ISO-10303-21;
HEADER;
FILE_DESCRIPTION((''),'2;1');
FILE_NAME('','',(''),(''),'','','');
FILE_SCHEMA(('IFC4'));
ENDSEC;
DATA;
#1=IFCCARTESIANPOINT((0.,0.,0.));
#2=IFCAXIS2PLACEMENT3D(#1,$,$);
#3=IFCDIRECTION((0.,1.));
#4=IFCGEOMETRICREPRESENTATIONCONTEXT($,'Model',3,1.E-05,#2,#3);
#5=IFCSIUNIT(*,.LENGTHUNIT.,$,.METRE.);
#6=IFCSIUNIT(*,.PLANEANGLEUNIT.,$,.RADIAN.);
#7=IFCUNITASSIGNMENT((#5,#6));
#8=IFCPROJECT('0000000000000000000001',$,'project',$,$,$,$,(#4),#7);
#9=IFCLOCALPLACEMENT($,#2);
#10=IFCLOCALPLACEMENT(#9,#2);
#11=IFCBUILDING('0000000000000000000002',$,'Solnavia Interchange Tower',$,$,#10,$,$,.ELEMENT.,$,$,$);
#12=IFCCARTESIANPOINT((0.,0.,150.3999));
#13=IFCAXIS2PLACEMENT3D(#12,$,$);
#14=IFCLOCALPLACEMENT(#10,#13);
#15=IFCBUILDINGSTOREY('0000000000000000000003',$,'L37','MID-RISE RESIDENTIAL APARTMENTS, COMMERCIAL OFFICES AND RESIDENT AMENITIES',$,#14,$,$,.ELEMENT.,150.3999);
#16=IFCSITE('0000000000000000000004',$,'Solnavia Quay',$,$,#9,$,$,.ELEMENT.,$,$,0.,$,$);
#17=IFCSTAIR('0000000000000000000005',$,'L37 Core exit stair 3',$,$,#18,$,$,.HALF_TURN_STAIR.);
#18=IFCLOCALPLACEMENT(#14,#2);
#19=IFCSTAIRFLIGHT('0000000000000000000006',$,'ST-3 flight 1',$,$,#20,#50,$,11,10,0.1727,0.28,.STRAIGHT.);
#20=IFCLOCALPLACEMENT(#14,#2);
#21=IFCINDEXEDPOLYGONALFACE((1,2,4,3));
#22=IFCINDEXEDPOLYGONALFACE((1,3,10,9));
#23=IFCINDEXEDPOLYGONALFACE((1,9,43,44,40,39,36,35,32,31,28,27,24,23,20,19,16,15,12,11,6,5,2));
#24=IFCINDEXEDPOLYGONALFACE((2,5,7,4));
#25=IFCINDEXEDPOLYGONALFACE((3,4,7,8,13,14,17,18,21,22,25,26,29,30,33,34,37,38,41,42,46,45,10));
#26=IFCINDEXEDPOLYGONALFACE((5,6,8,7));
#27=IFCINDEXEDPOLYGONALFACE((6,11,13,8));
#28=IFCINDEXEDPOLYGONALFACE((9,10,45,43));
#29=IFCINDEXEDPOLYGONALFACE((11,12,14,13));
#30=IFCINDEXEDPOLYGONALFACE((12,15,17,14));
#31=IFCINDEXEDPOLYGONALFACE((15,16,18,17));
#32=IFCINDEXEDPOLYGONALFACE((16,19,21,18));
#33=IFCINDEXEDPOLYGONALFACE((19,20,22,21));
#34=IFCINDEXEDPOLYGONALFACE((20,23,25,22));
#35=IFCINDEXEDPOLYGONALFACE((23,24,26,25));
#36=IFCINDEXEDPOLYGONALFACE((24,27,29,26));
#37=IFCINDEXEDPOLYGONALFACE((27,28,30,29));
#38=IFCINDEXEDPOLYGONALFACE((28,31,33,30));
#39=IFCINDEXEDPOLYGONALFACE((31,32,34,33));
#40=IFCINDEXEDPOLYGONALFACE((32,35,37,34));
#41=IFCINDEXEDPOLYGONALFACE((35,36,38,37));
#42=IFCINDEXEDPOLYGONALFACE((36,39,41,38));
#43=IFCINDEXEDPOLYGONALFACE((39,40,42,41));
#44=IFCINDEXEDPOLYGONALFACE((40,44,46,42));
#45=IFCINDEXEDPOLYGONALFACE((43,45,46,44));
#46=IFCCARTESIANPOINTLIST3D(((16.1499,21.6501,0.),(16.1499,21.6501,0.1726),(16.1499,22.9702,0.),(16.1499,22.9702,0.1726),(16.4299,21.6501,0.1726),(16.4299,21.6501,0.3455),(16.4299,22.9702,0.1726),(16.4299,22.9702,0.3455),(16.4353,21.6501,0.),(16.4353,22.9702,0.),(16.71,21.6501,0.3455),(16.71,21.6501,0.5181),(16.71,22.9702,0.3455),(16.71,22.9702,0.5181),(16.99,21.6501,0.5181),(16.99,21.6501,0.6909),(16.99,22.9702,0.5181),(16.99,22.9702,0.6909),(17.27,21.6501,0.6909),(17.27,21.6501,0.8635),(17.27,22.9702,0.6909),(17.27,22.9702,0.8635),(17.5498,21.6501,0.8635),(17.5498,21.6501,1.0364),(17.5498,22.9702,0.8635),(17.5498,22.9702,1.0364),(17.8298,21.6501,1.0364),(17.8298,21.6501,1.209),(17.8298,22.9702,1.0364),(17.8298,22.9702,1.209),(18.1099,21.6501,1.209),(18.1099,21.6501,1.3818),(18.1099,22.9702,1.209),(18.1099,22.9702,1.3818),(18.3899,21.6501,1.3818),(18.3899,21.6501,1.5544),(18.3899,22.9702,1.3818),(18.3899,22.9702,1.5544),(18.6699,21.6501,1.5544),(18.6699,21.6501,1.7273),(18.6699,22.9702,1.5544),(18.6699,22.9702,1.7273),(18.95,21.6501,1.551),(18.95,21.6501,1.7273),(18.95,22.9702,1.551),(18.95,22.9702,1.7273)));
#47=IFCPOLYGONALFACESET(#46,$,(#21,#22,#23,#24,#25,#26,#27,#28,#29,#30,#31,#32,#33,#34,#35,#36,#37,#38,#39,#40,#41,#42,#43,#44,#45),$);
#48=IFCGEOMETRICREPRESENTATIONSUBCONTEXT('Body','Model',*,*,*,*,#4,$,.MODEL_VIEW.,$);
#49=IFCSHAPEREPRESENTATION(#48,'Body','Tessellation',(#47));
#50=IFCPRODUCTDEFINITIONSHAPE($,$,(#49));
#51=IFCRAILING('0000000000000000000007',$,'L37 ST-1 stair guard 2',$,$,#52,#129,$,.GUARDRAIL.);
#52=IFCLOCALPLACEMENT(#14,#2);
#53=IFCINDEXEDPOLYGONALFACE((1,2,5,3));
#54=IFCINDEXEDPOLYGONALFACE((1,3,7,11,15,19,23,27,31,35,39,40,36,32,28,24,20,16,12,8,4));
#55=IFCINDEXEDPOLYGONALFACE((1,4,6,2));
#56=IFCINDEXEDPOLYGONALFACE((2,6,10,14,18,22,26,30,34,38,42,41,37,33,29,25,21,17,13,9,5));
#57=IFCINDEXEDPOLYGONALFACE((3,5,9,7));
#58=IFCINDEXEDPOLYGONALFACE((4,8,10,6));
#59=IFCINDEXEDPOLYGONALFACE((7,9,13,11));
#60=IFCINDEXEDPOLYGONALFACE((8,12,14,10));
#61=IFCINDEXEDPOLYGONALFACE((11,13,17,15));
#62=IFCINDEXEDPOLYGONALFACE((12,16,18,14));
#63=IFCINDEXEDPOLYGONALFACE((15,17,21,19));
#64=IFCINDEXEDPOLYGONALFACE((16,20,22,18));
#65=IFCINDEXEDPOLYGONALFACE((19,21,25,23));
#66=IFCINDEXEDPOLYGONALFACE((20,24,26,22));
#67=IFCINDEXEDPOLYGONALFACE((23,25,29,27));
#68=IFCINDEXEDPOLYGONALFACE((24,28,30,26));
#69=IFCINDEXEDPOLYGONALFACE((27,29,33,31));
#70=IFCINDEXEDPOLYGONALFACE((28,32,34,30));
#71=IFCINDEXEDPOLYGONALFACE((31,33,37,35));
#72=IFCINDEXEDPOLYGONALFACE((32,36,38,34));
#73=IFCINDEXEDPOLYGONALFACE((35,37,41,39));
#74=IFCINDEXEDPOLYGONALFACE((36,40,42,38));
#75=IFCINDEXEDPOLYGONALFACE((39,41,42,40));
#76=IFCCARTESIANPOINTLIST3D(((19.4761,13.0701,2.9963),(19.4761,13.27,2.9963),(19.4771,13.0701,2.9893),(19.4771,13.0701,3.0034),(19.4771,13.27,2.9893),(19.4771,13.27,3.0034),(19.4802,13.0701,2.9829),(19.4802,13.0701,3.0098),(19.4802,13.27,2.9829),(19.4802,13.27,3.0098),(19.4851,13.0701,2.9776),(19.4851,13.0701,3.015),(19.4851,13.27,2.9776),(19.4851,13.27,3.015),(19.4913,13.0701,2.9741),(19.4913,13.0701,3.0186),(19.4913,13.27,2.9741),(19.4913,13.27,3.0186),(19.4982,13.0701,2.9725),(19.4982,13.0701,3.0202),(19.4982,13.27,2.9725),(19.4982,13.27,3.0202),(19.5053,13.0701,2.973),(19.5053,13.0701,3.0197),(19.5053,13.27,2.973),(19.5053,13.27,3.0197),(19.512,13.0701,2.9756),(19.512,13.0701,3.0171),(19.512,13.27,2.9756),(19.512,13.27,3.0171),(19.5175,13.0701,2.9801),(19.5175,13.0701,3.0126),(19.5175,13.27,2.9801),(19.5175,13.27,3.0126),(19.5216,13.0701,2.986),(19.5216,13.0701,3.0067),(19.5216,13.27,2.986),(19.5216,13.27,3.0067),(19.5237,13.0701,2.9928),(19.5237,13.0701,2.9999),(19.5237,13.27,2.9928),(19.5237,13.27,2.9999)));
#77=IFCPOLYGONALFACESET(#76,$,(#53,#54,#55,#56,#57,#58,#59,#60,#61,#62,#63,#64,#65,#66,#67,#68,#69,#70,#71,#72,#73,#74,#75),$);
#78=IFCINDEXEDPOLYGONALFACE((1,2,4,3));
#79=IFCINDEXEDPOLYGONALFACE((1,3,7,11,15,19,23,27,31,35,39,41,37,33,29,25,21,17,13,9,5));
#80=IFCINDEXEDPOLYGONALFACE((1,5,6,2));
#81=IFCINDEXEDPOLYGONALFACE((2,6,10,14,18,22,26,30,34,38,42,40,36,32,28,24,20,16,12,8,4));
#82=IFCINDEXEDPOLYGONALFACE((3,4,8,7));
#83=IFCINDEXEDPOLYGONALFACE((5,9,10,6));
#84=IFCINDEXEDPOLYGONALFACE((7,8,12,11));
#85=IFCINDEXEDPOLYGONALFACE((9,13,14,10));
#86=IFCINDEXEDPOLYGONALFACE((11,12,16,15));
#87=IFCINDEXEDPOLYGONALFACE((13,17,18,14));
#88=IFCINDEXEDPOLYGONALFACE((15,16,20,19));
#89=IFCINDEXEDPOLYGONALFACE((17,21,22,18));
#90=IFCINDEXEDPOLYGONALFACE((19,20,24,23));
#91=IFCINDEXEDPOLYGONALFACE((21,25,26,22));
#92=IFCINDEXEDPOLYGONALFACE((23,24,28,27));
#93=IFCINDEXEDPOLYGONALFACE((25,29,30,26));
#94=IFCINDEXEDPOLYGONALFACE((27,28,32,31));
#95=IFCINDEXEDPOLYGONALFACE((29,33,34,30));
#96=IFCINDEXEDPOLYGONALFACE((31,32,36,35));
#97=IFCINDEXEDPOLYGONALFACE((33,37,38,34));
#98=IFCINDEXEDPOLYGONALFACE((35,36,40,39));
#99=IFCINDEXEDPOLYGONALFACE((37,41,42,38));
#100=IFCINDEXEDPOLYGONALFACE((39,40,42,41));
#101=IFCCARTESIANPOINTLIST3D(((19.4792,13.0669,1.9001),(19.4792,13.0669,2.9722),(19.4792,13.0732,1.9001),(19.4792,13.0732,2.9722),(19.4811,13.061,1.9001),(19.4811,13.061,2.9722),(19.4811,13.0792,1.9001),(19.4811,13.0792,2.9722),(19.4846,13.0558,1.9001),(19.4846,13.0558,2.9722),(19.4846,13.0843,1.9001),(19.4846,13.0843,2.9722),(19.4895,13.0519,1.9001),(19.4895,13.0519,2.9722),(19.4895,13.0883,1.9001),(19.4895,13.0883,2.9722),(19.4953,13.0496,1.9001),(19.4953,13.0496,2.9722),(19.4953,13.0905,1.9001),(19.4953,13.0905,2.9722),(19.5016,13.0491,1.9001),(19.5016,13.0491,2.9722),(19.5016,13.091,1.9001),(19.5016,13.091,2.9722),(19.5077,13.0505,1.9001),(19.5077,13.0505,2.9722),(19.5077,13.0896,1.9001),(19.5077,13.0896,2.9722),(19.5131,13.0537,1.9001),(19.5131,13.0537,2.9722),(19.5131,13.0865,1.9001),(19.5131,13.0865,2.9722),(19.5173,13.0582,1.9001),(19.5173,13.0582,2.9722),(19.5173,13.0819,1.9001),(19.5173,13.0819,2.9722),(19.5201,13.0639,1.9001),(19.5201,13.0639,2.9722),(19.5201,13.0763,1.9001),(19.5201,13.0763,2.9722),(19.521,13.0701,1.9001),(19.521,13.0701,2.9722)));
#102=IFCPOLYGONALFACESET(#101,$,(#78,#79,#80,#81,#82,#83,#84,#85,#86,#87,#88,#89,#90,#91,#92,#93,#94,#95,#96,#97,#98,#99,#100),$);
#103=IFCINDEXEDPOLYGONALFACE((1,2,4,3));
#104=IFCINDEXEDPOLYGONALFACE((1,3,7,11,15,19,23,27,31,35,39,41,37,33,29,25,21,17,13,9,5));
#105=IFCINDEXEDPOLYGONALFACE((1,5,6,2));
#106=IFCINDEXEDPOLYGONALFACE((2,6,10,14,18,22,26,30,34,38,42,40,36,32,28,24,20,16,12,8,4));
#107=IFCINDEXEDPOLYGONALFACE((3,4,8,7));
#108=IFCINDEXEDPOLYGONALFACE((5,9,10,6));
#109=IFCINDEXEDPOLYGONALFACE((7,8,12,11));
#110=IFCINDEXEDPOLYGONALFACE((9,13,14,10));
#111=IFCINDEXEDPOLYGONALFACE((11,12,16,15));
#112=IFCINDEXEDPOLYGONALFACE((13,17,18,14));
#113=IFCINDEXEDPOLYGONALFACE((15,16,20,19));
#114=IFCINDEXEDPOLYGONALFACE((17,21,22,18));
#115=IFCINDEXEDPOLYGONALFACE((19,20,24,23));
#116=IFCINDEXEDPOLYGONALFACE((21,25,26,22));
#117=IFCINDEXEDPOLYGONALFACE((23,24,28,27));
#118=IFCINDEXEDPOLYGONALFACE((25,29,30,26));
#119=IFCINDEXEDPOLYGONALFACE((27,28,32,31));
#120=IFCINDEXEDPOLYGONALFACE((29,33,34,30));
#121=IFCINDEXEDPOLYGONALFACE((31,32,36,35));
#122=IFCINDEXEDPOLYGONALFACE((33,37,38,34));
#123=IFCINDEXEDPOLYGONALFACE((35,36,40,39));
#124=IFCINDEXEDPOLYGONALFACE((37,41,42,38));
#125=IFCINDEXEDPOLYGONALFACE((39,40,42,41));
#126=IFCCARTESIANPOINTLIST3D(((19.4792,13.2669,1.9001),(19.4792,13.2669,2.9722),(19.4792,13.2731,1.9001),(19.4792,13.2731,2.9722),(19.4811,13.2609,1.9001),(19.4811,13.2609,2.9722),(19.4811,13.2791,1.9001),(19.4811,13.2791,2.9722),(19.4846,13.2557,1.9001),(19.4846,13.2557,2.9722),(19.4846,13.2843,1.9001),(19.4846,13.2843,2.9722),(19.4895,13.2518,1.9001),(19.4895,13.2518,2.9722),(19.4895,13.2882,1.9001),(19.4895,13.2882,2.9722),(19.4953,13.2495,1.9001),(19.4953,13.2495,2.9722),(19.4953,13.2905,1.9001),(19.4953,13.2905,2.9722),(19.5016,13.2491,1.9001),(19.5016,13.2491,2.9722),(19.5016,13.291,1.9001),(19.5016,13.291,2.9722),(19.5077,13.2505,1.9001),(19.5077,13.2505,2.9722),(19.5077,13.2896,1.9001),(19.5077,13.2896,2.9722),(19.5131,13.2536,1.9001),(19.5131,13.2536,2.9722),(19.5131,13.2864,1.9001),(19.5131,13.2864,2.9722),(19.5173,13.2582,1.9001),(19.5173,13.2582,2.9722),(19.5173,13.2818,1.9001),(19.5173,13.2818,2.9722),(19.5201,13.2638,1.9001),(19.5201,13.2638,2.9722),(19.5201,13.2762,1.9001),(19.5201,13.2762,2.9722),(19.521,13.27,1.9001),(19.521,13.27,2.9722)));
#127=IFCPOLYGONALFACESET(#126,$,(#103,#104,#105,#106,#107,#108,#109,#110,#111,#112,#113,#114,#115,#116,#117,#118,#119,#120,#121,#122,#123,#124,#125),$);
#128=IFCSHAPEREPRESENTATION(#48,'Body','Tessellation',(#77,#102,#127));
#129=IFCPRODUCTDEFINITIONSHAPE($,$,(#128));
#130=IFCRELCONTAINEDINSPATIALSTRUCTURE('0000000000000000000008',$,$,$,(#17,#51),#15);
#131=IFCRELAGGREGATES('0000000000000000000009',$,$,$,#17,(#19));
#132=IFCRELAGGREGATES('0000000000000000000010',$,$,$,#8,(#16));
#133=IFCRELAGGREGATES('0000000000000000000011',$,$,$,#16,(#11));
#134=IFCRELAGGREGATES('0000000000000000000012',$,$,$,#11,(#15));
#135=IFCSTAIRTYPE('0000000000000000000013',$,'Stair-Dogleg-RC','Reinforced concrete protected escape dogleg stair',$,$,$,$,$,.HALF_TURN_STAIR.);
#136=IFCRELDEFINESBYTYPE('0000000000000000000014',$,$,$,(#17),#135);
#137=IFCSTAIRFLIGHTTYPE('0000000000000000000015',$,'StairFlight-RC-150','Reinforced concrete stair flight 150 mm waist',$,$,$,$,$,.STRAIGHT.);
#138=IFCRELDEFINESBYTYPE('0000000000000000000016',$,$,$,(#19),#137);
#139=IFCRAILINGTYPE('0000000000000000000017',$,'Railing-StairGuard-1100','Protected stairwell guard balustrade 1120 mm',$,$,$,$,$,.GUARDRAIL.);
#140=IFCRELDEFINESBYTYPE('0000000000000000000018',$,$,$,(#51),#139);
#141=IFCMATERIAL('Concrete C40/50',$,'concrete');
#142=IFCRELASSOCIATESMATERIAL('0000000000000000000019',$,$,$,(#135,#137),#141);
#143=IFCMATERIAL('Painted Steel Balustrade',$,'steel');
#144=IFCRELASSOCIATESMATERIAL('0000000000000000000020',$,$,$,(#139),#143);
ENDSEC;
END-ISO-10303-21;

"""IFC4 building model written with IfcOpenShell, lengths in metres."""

from ifc_helpers import new_model, si_unit, direction, frame, origin, origin_2d, place, context, subcontext, project, spatial, polyline, circle, outline, extrude, material, type_object, element, aggregate, save


model = new_model("IFC4")

# Units and contexts
model_context = context("Model", 3, precision=1e-05, world=origin(), true_north=direction((0.0, 1.0)))
body_context = subcontext(model_context, "Body", "Model", "MODEL_VIEW")
ifc_project = project(units=[si_unit("LENGTHUNIT", "METRE"), si_unit("PLANEANGLEUNIT", "RADIAN")], contexts=[model_context])

# Site, building, storey
site_placement = place(None, origin())
site = spatial("IfcSite", under=ifc_project, at=site_placement, Name="Solnavia Quay", CompositionType="ELEMENT", RefElevation=0.0)
building_placement = place(site_placement, origin())
building = spatial("IfcBuilding", under=site, at=building_placement, Name="Solnavia Interchange Tower", CompositionType="ELEMENT")
storey_placement = place(building_placement, frame((0.0, 0.0, 150.3999)))
storey = spatial("IfcBuildingStorey", under=building, at=storey_placement, Name="L37", Description="MID-RISE RESIDENTIAL APARTMENTS, COMMERCIAL OFFICES AND RESIDENT AMENITIES", CompositionType="ELEMENT", Elevation=150.3999)

# Shared definitions
ifc_material_1 = material(Name="Concrete C40/50", Category="concrete")

# Stair, stair flight
stair_type = type_object("IfcStairType", Name="Stair-Dogleg-RC", Description="Reinforced concrete protected escape dogleg stair", PredefinedType="HALF_TURN_STAIR", material=ifc_material_1)
stair_flight_type = type_object("IfcStairFlightType", Name="StairFlight-RC-150", Description="Reinforced concrete stair flight 150 mm waist", PredefinedType="STRAIGHT", material=ifc_material_1)
stair_1_placement = place(storey_placement, origin())
stair_1 = element("IfcStair", 1, at=stair_1_placement, inside=storey, type_object=stair_type, Name="L37 Core exit stair 3", PredefinedType="HALF_TURN_STAIR")
stair_flight_1_placement = place(storey_placement, frame((16.1499, 22.3101, 0.0), z_axis=(0.0, 0.0, 1.0), x_axis=(1.0, 0.0, 0.0)))
stair_flight_1 = element("IfcStairFlight", 2, at=stair_flight_1_placement, type_object=stair_flight_type, Name="ST-3 flight 1", NumberOfRisers=11, NumberOfTreads=10, PredefinedType="STRAIGHT", RiserHeight=0.1727, TreadLength=0.28, context=body_context, shape_type="SweptSolid", body=[
    extrude(outline(polyline([(0.0, 0.0), (0.0, 0.1726), (0.28, 0.1726), (0.28, 0.3455), (0.5601, 0.3455), (0.5601, 0.5181), (0.8401, 0.5181), (0.8401, 0.6909), (1.1201, 0.6909), (1.1201, 0.8635), (1.3999, 0.8635), (1.3999, 1.0364), (1.6799, 1.0364), (1.6799, 1.209), (1.96, 1.209), (1.96, 1.3818), (2.24, 1.3818), (2.24, 1.5544), (2.52, 1.5544), (2.52, 1.7273), (2.8, 1.7273), (2.8, 1.8999), (2.8, 1.551), (0.2854, 0.0), (0.0, 0.0)])), frame((0.0, 0.6602, 0.0), z_axis=(0.0, -1.0, 0.0), x_axis=(1.0, 0.0, 0.0)), (0.0, 0.0, 1.0), 1.3201),
])
aggregate(stair_1, [stair_flight_1])

# Railing
ifc_material_2 = material(Name="Painted Steel Balustrade", Category="steel")
railing_type_1 = type_object("IfcRailingType", Name="Railing-StairGuard-1100", Description="Protected stairwell guard balustrade 1120 mm", PredefinedType="GUARDRAIL", material=ifc_material_2)
railing_1_placement = place(storey_placement, frame((19.5, 13.0701, 1.9001)))
element("IfcRailing", 3, at=railing_1_placement, inside=storey, type_object=railing_type_1, Name="L37 ST-1 stair guard 2", PredefinedType="GUARDRAIL", context=body_context, shape_type="SweptSolid", body=[
    extrude(circle(Radius=0.0239, at=origin_2d()), frame((0.0, 0.0, 1.0962), z_axis=(0.0, 1.0, 0.0), x_axis=(-1.0, 0.0, 0.0)), (0.0, 0.0, 1.0), 0.2),
    extrude(circle(Radius=0.021, at=origin_2d()), origin(), (0.0, 0.0, 1.0), 1.072),
    extrude(circle(Radius=0.021, at=origin_2d()), frame((0.0, 0.2, 0.0)), (0.0, 0.0, 1.0), 1.072),
])

save(model, "model.ifc")
